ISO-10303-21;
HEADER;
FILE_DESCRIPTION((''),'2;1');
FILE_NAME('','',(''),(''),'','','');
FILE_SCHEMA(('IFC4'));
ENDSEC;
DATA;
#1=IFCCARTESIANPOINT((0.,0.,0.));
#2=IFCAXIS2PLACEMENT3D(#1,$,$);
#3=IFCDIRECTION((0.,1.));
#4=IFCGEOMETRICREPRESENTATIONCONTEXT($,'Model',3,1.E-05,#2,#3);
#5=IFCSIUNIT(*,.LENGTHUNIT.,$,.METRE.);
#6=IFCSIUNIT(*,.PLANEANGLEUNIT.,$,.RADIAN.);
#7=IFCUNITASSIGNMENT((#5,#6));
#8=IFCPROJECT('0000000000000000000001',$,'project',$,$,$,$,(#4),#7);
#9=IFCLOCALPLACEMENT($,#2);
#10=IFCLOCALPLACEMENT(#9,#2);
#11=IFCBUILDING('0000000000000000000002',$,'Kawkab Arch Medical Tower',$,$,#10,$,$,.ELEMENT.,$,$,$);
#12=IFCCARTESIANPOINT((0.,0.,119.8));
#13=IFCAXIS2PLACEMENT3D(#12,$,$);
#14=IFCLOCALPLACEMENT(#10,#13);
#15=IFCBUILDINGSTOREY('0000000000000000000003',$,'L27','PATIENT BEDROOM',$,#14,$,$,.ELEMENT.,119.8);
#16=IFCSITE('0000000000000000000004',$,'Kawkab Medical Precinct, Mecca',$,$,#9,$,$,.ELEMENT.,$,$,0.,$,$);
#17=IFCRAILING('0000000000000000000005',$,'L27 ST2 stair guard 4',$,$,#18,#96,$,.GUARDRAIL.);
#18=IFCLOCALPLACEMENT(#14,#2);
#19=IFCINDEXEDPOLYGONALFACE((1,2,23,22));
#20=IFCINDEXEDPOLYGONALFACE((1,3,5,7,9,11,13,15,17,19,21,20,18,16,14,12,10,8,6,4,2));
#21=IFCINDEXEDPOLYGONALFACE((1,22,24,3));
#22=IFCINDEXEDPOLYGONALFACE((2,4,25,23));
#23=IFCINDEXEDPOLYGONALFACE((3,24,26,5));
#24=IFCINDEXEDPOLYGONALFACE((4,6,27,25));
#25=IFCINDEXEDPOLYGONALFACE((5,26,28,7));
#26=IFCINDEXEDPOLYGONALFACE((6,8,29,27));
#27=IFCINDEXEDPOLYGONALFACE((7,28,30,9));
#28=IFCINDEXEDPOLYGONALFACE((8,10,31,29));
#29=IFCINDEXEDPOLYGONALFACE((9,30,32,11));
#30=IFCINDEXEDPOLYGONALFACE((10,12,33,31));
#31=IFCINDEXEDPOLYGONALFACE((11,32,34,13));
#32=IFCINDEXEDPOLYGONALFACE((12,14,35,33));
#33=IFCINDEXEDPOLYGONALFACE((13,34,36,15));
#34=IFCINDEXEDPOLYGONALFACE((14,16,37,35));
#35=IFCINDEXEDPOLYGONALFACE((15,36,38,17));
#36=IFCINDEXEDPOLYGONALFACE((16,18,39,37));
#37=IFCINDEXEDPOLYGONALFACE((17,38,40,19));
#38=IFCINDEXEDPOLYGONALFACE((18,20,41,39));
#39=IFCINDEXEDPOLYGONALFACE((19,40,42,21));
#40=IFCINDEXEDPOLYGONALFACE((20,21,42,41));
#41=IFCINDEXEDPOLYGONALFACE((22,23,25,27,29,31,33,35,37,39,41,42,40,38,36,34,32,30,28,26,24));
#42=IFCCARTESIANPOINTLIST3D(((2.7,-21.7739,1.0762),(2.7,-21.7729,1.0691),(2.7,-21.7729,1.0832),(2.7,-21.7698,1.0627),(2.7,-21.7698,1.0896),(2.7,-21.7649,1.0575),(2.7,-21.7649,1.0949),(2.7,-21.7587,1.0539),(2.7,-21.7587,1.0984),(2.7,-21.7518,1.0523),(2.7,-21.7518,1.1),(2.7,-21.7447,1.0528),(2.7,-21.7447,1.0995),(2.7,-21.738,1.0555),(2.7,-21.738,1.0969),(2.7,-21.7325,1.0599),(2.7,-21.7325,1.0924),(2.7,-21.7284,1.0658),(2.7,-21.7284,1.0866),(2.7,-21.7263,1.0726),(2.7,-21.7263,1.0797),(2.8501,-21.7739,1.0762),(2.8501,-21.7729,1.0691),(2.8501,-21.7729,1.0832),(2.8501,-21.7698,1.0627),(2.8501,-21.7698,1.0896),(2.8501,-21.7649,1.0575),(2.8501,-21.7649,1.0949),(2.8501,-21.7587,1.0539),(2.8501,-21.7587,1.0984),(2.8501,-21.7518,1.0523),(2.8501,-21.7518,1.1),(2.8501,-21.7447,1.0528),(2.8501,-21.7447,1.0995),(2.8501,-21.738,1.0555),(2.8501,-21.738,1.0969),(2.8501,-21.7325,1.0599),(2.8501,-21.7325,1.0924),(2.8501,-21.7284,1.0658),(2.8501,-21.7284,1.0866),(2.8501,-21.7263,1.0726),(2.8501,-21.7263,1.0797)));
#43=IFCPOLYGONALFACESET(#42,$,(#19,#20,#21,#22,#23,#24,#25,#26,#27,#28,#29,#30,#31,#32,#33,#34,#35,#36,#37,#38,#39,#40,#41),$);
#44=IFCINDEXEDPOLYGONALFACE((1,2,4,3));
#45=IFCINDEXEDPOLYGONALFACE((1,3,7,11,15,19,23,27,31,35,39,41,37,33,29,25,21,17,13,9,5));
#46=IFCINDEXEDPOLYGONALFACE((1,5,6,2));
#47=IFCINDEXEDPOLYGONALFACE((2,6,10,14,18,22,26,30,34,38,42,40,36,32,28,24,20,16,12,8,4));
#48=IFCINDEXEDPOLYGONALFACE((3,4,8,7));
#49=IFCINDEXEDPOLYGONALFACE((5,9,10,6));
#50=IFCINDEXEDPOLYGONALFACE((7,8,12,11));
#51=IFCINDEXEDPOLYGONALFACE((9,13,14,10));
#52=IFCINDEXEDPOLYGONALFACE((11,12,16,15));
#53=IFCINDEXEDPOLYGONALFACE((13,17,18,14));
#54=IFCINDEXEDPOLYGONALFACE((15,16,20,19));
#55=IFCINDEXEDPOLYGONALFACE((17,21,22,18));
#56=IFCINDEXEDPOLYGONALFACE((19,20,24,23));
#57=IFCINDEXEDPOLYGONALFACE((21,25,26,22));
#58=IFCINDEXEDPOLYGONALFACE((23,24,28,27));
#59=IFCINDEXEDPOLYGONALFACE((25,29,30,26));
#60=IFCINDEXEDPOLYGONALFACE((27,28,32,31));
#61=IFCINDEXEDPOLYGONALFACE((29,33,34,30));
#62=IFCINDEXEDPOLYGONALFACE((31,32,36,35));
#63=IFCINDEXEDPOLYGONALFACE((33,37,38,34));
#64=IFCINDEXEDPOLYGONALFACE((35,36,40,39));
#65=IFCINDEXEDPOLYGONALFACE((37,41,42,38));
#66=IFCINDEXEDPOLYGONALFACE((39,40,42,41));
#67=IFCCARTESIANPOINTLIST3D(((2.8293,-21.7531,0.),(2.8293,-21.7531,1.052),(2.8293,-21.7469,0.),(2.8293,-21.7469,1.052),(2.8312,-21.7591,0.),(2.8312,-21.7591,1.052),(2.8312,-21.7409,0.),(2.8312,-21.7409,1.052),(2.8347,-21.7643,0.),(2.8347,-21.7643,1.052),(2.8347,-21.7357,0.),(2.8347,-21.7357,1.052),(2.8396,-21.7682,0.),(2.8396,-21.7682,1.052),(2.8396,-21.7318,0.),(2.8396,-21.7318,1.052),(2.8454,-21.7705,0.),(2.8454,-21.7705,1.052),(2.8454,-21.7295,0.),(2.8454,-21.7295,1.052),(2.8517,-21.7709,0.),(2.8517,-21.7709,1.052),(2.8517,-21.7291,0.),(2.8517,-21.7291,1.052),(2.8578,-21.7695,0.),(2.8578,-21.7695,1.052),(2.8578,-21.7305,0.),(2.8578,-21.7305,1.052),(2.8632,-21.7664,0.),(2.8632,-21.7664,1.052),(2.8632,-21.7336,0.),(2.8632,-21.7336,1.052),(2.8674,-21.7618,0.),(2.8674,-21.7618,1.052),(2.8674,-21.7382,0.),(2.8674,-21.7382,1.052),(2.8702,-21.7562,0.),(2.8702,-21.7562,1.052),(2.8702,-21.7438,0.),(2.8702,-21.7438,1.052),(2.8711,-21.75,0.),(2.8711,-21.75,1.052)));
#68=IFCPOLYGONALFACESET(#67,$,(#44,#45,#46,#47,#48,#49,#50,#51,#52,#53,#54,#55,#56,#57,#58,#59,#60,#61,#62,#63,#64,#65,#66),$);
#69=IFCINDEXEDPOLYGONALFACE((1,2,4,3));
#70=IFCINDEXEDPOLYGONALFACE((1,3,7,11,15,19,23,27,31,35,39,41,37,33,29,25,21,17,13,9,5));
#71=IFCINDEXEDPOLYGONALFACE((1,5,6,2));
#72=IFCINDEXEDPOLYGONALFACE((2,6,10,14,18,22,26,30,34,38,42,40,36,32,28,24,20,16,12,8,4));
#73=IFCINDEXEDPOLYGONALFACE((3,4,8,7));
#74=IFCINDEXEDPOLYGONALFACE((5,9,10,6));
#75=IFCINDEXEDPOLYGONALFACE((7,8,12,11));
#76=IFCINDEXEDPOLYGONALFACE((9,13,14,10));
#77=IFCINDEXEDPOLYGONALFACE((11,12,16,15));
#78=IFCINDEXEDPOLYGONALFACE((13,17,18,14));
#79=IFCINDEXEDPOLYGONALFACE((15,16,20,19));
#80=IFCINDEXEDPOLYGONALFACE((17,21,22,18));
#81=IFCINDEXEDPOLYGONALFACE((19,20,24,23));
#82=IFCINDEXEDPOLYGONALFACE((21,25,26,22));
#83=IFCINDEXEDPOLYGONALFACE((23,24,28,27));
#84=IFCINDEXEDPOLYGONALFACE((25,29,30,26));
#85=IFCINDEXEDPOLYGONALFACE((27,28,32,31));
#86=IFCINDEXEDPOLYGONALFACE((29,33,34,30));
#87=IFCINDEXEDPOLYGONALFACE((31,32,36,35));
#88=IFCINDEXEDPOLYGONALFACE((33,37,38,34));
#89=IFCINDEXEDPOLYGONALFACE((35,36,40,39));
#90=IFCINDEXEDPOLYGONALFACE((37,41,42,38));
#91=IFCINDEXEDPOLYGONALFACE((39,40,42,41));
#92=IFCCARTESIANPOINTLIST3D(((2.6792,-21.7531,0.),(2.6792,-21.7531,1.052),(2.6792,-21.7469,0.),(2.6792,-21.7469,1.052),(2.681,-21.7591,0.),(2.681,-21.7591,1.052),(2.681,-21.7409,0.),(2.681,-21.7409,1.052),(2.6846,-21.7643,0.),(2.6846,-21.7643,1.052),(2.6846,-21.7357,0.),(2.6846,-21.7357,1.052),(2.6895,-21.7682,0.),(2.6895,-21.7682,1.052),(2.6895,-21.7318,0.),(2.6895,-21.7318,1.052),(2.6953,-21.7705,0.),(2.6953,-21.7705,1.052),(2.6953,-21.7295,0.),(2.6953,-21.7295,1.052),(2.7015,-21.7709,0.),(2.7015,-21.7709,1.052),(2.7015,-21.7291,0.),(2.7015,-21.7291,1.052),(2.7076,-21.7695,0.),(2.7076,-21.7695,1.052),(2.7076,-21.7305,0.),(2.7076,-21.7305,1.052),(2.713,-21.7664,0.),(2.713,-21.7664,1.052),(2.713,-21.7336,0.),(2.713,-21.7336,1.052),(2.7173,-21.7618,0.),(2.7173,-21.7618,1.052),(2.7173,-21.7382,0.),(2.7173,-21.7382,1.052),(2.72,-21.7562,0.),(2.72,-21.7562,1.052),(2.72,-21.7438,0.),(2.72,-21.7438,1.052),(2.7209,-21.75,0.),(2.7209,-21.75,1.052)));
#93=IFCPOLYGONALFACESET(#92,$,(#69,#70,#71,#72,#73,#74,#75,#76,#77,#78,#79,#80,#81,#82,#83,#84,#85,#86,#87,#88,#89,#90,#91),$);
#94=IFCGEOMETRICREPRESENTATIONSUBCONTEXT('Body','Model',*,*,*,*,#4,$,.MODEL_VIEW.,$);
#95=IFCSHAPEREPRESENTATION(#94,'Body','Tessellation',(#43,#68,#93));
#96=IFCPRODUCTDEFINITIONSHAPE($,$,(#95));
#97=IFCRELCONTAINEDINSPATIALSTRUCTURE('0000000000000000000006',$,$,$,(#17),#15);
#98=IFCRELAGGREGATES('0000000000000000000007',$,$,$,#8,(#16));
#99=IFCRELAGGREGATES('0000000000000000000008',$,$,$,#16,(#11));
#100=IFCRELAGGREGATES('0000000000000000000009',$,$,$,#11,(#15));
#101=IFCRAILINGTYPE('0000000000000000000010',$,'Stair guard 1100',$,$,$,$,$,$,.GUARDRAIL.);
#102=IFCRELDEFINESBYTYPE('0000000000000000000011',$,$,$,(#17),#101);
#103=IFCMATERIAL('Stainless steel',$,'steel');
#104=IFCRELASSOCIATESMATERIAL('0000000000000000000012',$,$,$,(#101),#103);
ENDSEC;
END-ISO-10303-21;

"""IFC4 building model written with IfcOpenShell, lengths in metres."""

from ifc_helpers import new_model, si_unit, direction, frame, origin, origin_2d, place, context, subcontext, project, spatial, circle, extrude, material, type_object, element, save


model = new_model("IFC4")

# Units and contexts
model_context = context("Model", 3, precision=1e-05, world=origin(), true_north=direction((0.0, 1.0)))
body_context = subcontext(model_context, "Body", "Model", "MODEL_VIEW")
ifc_project = project(units=[si_unit("LENGTHUNIT", "METRE"), si_unit("PLANEANGLEUNIT", "RADIAN")], contexts=[model_context])

# Site, building, storey
site_placement = place(None, origin())
site = spatial("IfcSite", under=ifc_project, at=site_placement, Name="Kawkab Medical Precinct, Mecca", CompositionType="ELEMENT", RefElevation=0.0)
building_placement = place(site_placement, origin())
building = spatial("IfcBuilding", under=site, at=building_placement, Name="Kawkab Arch Medical Tower", CompositionType="ELEMENT")
storey_placement = place(building_placement, frame((0.0, 0.0, 119.8)))
storey = spatial("IfcBuildingStorey", under=building, at=storey_placement, Name="L27", Description="PATIENT BEDROOM", CompositionType="ELEMENT", Elevation=119.8)

# Railing
ifc_material_1 = material(Name="Stainless steel", Category="steel")
railing_type = type_object("IfcRailingType", Name="Stair guard 1100", PredefinedType="GUARDRAIL", material=ifc_material_1)
railing_1_placement = place(storey_placement, frame((2.8501, -21.75, 0.0)))
element("IfcRailing", 1, at=railing_1_placement, inside=storey, type_object=railing_type, Name="L27 ST2 stair guard 4", PredefinedType="GUARDRAIL", context=body_context, shape_type="SweptSolid", body=[
    extrude(circle(Radius=0.0239, at=origin_2d()), frame((0.0, 0.0, 1.0762), z_axis=(-1.0, 0.0, 0.0), x_axis=(0.0, -1.0, 0.0)), (0.0, 0.0, 1.0), 0.1501),
    extrude(circle(Radius=0.021, at=origin_2d()), origin(), (0.0, 0.0, 1.0), 1.052),
    extrude(circle(Radius=0.021, at=origin_2d()), frame((-0.1501, 0.0, 0.0)), (0.0, 0.0, 1.0), 1.052),
])

save(model, "model.ifc")
